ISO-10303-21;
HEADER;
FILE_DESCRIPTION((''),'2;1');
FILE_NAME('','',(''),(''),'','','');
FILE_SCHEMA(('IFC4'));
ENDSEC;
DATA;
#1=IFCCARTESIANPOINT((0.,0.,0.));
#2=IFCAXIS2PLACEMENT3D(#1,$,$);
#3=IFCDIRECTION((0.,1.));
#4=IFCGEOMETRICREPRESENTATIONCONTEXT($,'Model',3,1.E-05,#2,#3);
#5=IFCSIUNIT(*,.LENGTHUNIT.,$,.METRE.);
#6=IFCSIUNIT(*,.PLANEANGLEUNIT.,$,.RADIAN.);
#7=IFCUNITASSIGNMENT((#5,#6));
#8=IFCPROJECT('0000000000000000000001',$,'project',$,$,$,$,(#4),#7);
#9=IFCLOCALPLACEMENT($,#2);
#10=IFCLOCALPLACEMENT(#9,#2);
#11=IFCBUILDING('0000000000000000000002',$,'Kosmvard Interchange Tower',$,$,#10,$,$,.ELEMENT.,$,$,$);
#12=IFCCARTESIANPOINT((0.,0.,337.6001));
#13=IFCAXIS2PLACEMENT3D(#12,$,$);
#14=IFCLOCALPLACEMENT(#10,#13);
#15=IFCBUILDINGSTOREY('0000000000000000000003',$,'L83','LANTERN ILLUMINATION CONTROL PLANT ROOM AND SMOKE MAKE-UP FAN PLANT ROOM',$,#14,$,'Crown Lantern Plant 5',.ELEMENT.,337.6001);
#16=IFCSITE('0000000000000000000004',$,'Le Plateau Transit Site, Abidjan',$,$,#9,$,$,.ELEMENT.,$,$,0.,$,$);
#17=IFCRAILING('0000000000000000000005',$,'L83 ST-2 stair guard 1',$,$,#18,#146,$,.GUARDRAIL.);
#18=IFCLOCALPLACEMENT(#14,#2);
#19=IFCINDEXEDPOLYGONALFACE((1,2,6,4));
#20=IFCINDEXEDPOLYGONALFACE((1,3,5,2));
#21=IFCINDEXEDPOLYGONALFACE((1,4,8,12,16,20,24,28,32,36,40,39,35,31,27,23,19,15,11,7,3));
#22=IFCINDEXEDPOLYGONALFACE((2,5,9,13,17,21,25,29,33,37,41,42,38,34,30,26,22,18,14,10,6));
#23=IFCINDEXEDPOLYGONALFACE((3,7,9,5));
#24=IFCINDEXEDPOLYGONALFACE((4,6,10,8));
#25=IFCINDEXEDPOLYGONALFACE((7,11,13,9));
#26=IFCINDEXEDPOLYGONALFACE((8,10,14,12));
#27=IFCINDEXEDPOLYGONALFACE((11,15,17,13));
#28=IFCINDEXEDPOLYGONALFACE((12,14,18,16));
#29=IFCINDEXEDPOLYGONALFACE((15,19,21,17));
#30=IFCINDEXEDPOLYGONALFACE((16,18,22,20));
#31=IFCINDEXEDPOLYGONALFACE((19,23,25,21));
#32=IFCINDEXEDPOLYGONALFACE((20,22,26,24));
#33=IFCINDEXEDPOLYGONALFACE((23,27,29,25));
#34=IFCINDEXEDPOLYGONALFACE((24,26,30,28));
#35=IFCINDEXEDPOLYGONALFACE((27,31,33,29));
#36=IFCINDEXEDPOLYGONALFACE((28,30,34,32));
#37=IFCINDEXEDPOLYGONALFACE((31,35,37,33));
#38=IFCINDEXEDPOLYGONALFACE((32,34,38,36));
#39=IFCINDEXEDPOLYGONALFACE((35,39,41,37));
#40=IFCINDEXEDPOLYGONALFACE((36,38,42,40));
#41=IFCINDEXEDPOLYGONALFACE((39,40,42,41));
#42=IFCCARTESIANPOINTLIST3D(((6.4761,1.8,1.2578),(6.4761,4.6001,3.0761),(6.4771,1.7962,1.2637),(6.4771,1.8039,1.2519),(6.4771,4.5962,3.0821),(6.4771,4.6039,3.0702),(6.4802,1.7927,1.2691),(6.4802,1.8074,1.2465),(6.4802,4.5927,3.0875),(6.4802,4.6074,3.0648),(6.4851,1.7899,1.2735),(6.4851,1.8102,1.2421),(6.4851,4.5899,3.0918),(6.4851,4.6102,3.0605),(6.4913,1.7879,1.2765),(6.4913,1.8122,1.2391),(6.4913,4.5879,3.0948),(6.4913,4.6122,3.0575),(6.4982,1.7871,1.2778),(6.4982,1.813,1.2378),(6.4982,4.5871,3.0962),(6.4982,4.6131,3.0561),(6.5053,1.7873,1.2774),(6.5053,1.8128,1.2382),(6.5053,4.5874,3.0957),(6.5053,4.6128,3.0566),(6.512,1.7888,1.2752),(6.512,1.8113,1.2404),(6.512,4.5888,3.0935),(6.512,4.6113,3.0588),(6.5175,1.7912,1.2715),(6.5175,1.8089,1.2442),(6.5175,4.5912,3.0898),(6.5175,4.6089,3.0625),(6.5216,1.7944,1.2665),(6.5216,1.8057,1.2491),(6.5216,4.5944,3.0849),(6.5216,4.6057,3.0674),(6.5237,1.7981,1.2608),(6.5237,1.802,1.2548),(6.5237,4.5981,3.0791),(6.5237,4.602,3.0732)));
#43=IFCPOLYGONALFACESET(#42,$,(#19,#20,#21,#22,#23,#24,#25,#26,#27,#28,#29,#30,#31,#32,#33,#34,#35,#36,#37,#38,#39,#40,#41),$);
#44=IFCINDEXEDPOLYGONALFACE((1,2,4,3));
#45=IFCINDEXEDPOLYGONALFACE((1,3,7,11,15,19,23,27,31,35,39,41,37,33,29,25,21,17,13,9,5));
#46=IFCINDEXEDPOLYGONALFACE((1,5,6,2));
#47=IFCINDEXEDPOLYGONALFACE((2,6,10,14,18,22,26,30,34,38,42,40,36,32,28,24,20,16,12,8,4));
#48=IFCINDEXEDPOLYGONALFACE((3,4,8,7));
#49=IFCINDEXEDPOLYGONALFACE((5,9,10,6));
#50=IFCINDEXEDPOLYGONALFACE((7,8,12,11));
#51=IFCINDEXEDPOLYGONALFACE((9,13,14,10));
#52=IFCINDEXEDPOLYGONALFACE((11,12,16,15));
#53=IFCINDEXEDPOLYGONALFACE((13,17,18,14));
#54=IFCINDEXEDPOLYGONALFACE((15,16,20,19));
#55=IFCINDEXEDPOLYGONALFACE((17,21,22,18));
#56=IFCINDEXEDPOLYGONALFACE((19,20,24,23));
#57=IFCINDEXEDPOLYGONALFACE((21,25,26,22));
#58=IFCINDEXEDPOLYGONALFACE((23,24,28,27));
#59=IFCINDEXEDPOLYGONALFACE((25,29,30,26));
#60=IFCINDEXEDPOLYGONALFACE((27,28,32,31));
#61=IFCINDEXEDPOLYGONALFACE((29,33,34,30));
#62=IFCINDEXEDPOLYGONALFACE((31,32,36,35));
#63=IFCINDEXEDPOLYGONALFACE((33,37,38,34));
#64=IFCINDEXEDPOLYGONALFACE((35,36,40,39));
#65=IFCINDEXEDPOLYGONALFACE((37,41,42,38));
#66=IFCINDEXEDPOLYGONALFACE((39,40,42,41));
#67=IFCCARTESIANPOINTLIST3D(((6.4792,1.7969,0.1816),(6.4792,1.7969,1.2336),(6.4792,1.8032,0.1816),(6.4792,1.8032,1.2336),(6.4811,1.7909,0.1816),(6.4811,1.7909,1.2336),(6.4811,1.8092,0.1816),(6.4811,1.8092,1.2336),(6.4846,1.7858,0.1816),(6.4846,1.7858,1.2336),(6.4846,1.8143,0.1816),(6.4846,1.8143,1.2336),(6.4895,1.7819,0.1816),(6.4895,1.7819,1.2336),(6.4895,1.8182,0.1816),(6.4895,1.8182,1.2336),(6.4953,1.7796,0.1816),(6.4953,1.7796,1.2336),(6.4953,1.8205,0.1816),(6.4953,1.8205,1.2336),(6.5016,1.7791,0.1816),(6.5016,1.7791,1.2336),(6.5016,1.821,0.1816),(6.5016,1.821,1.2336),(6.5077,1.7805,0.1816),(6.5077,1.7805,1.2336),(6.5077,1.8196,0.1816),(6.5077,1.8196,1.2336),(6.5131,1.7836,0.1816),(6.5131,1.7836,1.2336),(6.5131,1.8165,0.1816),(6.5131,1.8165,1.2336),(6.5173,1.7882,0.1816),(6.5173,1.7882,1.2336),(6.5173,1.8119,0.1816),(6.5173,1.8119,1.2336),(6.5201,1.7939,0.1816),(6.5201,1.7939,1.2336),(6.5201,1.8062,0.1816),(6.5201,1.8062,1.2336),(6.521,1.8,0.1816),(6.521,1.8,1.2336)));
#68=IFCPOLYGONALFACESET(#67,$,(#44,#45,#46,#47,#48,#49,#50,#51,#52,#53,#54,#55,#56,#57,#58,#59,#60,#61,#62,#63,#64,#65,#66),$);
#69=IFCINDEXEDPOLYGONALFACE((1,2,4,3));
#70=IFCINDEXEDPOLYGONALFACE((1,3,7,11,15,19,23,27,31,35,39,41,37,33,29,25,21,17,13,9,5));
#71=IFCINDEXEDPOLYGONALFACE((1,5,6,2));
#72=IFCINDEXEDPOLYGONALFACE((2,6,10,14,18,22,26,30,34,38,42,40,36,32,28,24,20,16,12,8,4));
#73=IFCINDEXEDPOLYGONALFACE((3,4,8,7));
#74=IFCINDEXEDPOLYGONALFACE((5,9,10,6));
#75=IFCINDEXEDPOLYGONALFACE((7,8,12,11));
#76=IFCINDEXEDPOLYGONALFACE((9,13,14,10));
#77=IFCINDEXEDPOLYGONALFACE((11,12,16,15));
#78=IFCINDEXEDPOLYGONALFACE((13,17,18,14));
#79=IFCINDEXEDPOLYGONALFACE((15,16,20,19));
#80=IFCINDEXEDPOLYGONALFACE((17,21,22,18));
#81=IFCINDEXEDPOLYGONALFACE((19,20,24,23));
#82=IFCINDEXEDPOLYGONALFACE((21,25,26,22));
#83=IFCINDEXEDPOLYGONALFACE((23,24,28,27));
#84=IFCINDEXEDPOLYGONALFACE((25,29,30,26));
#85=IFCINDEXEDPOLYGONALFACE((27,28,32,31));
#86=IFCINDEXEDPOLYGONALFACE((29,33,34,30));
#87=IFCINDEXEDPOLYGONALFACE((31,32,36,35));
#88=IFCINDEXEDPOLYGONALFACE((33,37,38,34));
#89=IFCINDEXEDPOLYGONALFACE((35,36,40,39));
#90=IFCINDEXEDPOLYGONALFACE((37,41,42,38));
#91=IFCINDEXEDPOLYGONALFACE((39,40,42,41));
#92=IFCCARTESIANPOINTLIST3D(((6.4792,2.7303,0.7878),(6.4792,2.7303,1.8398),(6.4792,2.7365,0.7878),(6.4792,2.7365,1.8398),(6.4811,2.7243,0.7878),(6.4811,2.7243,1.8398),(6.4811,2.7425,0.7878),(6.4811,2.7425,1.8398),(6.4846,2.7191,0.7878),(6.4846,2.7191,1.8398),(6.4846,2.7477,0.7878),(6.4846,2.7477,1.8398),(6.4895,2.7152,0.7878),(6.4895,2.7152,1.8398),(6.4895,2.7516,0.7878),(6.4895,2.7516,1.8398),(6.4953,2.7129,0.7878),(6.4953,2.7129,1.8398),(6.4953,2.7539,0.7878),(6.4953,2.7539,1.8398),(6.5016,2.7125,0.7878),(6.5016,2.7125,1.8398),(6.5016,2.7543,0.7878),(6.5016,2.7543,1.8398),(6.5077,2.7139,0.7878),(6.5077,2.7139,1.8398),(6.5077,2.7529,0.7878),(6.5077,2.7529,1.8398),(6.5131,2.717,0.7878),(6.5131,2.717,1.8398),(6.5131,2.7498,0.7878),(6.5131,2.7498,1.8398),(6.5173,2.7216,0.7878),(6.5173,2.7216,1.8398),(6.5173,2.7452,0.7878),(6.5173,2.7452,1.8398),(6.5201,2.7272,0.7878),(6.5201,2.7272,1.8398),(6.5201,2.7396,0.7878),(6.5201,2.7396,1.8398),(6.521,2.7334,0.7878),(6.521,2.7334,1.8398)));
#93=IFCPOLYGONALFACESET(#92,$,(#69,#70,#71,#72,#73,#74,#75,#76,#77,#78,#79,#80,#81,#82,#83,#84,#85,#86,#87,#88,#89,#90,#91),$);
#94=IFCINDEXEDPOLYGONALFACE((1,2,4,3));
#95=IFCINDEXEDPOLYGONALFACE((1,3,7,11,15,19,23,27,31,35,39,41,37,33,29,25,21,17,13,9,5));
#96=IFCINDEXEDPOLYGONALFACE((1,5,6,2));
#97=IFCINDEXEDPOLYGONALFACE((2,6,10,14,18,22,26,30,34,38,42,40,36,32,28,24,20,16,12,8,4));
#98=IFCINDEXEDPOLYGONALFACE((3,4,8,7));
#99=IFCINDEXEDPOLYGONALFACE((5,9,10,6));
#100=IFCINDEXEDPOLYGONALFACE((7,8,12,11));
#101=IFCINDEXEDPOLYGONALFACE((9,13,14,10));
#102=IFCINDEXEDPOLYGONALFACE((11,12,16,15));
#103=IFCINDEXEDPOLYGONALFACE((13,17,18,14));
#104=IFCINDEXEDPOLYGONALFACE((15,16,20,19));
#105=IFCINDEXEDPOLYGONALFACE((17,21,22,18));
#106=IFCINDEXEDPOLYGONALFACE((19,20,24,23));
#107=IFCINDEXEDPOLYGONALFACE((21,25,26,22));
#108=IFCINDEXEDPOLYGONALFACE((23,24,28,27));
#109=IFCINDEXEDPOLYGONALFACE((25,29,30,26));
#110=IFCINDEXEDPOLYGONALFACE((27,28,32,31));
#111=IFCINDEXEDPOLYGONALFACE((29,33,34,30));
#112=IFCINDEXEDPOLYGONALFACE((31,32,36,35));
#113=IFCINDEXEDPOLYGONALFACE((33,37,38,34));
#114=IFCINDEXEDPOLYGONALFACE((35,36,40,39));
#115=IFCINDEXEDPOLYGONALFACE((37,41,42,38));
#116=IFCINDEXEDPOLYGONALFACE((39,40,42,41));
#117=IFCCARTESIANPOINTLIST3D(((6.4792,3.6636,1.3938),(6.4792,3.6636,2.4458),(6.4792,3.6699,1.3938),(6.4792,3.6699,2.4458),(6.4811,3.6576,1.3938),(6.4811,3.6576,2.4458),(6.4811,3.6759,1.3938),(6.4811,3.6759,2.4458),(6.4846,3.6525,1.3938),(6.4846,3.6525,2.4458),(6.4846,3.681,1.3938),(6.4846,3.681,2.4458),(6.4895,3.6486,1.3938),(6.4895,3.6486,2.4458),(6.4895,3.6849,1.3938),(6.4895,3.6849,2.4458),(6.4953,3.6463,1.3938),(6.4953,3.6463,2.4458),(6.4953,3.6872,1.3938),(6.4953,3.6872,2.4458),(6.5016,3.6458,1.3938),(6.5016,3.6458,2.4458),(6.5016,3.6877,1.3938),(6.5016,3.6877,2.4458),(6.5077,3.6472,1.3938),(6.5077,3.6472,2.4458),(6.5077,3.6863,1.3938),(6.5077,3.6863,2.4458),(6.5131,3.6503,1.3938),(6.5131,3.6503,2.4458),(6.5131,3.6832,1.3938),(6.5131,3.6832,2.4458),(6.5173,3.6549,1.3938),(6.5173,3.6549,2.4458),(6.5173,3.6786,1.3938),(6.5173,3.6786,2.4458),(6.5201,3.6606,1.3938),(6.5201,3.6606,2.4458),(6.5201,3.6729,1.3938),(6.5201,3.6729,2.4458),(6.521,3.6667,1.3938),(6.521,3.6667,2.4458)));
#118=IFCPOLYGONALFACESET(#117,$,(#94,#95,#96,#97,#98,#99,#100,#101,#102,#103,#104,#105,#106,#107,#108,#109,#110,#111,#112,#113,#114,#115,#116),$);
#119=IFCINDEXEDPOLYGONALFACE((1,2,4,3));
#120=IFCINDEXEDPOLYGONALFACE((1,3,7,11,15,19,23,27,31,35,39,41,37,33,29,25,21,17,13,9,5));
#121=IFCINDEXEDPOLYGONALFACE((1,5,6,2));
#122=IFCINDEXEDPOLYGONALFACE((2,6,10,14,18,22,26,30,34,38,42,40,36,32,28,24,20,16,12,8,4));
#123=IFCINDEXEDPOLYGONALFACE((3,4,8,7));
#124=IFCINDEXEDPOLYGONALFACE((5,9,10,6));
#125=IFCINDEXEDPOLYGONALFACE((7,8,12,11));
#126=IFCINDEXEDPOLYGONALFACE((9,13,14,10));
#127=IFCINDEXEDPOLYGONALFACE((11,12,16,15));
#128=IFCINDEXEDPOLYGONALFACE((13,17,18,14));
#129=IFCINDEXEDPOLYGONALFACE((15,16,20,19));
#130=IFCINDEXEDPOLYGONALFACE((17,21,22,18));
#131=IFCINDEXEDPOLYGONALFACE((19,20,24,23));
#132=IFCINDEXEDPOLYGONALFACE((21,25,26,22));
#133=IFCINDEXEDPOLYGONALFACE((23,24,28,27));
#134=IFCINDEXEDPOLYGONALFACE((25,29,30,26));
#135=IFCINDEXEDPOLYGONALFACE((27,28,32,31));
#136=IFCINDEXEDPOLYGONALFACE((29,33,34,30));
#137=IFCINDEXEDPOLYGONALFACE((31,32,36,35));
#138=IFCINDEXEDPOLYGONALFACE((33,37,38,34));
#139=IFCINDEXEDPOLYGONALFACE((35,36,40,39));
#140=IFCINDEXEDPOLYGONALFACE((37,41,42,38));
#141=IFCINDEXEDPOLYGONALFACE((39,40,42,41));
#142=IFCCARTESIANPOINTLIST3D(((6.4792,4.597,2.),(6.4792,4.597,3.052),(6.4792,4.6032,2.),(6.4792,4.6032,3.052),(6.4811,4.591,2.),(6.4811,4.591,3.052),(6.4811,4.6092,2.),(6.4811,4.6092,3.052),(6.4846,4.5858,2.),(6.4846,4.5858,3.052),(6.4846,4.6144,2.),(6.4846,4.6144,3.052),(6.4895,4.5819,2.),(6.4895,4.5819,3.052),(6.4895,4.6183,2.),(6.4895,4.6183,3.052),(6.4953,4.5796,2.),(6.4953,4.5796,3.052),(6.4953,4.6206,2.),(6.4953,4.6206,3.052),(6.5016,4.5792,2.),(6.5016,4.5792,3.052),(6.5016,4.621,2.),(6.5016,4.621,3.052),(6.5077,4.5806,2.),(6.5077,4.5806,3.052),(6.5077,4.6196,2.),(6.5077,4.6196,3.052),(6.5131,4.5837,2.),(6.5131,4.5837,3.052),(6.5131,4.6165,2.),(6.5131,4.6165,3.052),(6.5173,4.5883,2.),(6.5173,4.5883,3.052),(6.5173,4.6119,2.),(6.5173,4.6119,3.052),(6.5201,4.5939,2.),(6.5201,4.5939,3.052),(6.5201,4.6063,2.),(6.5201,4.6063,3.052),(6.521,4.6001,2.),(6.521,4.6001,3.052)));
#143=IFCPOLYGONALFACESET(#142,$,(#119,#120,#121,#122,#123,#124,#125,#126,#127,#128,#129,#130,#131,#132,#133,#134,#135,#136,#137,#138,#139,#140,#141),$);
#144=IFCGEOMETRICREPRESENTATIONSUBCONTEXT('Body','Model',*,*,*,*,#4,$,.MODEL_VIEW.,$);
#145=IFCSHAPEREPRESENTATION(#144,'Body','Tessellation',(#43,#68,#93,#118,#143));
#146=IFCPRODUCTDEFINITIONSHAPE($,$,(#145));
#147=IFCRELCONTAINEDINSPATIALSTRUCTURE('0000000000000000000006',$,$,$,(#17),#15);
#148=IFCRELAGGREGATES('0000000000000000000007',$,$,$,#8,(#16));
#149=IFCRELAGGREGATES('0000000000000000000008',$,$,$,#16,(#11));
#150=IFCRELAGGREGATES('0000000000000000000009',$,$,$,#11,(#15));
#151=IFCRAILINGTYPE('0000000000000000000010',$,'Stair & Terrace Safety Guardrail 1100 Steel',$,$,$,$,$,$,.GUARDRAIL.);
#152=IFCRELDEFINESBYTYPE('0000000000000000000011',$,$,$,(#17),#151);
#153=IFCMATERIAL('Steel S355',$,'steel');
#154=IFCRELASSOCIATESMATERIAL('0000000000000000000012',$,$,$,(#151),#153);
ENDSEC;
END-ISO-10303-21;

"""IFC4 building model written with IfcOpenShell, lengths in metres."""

from ifc_helpers import new_model, si_unit, direction, frame, origin, origin_2d, place, context, subcontext, project, spatial, circle, extrude, source, transform, mapped, material, type_object, element, save


model = new_model("IFC4")

# Units and contexts
model_context = context("Model", 3, precision=1e-05, world=origin(), true_north=direction((0.0, 1.0)))
body_context = subcontext(model_context, "Body", "Model", "MODEL_VIEW")
ifc_project = project(units=[si_unit("LENGTHUNIT", "METRE"), si_unit("PLANEANGLEUNIT", "RADIAN")], contexts=[model_context])

# Site, building, storey
site_placement = place(None, origin())
site = spatial("IfcSite", under=ifc_project, at=site_placement, Name="Le Plateau Transit Site, Abidjan", CompositionType="ELEMENT", RefElevation=0.0)
building_placement = place(site_placement, origin())
building = spatial("IfcBuilding", under=site, at=building_placement, Name="Kosmvard Interchange Tower", CompositionType="ELEMENT")
storey_placement = place(building_placement, frame((0.0, 0.0, 337.6001)))
storey = spatial("IfcBuildingStorey", under=building, at=storey_placement, Name="L83", Description="LANTERN ILLUMINATION CONTROL PLANT ROOM AND SMOKE MAKE-UP FAN PLANT ROOM", LongName="Crown Lantern Plant 5", CompositionType="ELEMENT", Elevation=337.6001)

# Shared definitions
ifc_material_1 = material(Name="Steel S355", Category="steel")

# Railing
railing_type_1 = type_object("IfcRailingType", Name="Stair & Terrace Safety Guardrail 1100 Steel", PredefinedType="GUARDRAIL", material=ifc_material_1)
shared_shape_1 = source(origin(), body_context, "Body", "SweptSolid", [
    extrude(circle(Radius=0.0239, at=origin_2d()), frame((0.0, 0.0, 1.0762), z_axis=(0.0, 0.838672, 0.544636), x_axis=(-1.0, 0.0, 0.0)), (0.0, 0.0, 1.0), 3.3386),
    extrude(circle(Radius=0.021, at=origin_2d()), origin(), (0.0, 0.0, 1.0), 1.052),
    extrude(circle(Radius=0.021, at=origin_2d()), frame((0.0, 0.9333, 0.6062)), (0.0, 0.0, 1.0), 1.052),
    extrude(circle(Radius=0.021, at=origin_2d()), frame((0.0, 1.8667, 1.2122)), (0.0, 0.0, 1.0), 1.052),
    extrude(circle(Radius=0.021, at=origin_2d()), frame((0.0, 2.8, 1.8184)), (0.0, 0.0, 1.0), 1.052),
])
railing_1_placement = place(storey_placement, frame((6.5, 1.8, 0.1816)))
element("IfcRailing", 1, at=railing_1_placement, inside=storey, type_object=railing_type_1, Name="L83 ST-2 stair guard 1", PredefinedType="GUARDRAIL", context=body_context, shape_type="MappedRepresentation", body=[
    mapped(shared_shape_1, transform((0.0, 0.0, 0.0), scale=1.0)),
])

save(model, "model.ifc")
